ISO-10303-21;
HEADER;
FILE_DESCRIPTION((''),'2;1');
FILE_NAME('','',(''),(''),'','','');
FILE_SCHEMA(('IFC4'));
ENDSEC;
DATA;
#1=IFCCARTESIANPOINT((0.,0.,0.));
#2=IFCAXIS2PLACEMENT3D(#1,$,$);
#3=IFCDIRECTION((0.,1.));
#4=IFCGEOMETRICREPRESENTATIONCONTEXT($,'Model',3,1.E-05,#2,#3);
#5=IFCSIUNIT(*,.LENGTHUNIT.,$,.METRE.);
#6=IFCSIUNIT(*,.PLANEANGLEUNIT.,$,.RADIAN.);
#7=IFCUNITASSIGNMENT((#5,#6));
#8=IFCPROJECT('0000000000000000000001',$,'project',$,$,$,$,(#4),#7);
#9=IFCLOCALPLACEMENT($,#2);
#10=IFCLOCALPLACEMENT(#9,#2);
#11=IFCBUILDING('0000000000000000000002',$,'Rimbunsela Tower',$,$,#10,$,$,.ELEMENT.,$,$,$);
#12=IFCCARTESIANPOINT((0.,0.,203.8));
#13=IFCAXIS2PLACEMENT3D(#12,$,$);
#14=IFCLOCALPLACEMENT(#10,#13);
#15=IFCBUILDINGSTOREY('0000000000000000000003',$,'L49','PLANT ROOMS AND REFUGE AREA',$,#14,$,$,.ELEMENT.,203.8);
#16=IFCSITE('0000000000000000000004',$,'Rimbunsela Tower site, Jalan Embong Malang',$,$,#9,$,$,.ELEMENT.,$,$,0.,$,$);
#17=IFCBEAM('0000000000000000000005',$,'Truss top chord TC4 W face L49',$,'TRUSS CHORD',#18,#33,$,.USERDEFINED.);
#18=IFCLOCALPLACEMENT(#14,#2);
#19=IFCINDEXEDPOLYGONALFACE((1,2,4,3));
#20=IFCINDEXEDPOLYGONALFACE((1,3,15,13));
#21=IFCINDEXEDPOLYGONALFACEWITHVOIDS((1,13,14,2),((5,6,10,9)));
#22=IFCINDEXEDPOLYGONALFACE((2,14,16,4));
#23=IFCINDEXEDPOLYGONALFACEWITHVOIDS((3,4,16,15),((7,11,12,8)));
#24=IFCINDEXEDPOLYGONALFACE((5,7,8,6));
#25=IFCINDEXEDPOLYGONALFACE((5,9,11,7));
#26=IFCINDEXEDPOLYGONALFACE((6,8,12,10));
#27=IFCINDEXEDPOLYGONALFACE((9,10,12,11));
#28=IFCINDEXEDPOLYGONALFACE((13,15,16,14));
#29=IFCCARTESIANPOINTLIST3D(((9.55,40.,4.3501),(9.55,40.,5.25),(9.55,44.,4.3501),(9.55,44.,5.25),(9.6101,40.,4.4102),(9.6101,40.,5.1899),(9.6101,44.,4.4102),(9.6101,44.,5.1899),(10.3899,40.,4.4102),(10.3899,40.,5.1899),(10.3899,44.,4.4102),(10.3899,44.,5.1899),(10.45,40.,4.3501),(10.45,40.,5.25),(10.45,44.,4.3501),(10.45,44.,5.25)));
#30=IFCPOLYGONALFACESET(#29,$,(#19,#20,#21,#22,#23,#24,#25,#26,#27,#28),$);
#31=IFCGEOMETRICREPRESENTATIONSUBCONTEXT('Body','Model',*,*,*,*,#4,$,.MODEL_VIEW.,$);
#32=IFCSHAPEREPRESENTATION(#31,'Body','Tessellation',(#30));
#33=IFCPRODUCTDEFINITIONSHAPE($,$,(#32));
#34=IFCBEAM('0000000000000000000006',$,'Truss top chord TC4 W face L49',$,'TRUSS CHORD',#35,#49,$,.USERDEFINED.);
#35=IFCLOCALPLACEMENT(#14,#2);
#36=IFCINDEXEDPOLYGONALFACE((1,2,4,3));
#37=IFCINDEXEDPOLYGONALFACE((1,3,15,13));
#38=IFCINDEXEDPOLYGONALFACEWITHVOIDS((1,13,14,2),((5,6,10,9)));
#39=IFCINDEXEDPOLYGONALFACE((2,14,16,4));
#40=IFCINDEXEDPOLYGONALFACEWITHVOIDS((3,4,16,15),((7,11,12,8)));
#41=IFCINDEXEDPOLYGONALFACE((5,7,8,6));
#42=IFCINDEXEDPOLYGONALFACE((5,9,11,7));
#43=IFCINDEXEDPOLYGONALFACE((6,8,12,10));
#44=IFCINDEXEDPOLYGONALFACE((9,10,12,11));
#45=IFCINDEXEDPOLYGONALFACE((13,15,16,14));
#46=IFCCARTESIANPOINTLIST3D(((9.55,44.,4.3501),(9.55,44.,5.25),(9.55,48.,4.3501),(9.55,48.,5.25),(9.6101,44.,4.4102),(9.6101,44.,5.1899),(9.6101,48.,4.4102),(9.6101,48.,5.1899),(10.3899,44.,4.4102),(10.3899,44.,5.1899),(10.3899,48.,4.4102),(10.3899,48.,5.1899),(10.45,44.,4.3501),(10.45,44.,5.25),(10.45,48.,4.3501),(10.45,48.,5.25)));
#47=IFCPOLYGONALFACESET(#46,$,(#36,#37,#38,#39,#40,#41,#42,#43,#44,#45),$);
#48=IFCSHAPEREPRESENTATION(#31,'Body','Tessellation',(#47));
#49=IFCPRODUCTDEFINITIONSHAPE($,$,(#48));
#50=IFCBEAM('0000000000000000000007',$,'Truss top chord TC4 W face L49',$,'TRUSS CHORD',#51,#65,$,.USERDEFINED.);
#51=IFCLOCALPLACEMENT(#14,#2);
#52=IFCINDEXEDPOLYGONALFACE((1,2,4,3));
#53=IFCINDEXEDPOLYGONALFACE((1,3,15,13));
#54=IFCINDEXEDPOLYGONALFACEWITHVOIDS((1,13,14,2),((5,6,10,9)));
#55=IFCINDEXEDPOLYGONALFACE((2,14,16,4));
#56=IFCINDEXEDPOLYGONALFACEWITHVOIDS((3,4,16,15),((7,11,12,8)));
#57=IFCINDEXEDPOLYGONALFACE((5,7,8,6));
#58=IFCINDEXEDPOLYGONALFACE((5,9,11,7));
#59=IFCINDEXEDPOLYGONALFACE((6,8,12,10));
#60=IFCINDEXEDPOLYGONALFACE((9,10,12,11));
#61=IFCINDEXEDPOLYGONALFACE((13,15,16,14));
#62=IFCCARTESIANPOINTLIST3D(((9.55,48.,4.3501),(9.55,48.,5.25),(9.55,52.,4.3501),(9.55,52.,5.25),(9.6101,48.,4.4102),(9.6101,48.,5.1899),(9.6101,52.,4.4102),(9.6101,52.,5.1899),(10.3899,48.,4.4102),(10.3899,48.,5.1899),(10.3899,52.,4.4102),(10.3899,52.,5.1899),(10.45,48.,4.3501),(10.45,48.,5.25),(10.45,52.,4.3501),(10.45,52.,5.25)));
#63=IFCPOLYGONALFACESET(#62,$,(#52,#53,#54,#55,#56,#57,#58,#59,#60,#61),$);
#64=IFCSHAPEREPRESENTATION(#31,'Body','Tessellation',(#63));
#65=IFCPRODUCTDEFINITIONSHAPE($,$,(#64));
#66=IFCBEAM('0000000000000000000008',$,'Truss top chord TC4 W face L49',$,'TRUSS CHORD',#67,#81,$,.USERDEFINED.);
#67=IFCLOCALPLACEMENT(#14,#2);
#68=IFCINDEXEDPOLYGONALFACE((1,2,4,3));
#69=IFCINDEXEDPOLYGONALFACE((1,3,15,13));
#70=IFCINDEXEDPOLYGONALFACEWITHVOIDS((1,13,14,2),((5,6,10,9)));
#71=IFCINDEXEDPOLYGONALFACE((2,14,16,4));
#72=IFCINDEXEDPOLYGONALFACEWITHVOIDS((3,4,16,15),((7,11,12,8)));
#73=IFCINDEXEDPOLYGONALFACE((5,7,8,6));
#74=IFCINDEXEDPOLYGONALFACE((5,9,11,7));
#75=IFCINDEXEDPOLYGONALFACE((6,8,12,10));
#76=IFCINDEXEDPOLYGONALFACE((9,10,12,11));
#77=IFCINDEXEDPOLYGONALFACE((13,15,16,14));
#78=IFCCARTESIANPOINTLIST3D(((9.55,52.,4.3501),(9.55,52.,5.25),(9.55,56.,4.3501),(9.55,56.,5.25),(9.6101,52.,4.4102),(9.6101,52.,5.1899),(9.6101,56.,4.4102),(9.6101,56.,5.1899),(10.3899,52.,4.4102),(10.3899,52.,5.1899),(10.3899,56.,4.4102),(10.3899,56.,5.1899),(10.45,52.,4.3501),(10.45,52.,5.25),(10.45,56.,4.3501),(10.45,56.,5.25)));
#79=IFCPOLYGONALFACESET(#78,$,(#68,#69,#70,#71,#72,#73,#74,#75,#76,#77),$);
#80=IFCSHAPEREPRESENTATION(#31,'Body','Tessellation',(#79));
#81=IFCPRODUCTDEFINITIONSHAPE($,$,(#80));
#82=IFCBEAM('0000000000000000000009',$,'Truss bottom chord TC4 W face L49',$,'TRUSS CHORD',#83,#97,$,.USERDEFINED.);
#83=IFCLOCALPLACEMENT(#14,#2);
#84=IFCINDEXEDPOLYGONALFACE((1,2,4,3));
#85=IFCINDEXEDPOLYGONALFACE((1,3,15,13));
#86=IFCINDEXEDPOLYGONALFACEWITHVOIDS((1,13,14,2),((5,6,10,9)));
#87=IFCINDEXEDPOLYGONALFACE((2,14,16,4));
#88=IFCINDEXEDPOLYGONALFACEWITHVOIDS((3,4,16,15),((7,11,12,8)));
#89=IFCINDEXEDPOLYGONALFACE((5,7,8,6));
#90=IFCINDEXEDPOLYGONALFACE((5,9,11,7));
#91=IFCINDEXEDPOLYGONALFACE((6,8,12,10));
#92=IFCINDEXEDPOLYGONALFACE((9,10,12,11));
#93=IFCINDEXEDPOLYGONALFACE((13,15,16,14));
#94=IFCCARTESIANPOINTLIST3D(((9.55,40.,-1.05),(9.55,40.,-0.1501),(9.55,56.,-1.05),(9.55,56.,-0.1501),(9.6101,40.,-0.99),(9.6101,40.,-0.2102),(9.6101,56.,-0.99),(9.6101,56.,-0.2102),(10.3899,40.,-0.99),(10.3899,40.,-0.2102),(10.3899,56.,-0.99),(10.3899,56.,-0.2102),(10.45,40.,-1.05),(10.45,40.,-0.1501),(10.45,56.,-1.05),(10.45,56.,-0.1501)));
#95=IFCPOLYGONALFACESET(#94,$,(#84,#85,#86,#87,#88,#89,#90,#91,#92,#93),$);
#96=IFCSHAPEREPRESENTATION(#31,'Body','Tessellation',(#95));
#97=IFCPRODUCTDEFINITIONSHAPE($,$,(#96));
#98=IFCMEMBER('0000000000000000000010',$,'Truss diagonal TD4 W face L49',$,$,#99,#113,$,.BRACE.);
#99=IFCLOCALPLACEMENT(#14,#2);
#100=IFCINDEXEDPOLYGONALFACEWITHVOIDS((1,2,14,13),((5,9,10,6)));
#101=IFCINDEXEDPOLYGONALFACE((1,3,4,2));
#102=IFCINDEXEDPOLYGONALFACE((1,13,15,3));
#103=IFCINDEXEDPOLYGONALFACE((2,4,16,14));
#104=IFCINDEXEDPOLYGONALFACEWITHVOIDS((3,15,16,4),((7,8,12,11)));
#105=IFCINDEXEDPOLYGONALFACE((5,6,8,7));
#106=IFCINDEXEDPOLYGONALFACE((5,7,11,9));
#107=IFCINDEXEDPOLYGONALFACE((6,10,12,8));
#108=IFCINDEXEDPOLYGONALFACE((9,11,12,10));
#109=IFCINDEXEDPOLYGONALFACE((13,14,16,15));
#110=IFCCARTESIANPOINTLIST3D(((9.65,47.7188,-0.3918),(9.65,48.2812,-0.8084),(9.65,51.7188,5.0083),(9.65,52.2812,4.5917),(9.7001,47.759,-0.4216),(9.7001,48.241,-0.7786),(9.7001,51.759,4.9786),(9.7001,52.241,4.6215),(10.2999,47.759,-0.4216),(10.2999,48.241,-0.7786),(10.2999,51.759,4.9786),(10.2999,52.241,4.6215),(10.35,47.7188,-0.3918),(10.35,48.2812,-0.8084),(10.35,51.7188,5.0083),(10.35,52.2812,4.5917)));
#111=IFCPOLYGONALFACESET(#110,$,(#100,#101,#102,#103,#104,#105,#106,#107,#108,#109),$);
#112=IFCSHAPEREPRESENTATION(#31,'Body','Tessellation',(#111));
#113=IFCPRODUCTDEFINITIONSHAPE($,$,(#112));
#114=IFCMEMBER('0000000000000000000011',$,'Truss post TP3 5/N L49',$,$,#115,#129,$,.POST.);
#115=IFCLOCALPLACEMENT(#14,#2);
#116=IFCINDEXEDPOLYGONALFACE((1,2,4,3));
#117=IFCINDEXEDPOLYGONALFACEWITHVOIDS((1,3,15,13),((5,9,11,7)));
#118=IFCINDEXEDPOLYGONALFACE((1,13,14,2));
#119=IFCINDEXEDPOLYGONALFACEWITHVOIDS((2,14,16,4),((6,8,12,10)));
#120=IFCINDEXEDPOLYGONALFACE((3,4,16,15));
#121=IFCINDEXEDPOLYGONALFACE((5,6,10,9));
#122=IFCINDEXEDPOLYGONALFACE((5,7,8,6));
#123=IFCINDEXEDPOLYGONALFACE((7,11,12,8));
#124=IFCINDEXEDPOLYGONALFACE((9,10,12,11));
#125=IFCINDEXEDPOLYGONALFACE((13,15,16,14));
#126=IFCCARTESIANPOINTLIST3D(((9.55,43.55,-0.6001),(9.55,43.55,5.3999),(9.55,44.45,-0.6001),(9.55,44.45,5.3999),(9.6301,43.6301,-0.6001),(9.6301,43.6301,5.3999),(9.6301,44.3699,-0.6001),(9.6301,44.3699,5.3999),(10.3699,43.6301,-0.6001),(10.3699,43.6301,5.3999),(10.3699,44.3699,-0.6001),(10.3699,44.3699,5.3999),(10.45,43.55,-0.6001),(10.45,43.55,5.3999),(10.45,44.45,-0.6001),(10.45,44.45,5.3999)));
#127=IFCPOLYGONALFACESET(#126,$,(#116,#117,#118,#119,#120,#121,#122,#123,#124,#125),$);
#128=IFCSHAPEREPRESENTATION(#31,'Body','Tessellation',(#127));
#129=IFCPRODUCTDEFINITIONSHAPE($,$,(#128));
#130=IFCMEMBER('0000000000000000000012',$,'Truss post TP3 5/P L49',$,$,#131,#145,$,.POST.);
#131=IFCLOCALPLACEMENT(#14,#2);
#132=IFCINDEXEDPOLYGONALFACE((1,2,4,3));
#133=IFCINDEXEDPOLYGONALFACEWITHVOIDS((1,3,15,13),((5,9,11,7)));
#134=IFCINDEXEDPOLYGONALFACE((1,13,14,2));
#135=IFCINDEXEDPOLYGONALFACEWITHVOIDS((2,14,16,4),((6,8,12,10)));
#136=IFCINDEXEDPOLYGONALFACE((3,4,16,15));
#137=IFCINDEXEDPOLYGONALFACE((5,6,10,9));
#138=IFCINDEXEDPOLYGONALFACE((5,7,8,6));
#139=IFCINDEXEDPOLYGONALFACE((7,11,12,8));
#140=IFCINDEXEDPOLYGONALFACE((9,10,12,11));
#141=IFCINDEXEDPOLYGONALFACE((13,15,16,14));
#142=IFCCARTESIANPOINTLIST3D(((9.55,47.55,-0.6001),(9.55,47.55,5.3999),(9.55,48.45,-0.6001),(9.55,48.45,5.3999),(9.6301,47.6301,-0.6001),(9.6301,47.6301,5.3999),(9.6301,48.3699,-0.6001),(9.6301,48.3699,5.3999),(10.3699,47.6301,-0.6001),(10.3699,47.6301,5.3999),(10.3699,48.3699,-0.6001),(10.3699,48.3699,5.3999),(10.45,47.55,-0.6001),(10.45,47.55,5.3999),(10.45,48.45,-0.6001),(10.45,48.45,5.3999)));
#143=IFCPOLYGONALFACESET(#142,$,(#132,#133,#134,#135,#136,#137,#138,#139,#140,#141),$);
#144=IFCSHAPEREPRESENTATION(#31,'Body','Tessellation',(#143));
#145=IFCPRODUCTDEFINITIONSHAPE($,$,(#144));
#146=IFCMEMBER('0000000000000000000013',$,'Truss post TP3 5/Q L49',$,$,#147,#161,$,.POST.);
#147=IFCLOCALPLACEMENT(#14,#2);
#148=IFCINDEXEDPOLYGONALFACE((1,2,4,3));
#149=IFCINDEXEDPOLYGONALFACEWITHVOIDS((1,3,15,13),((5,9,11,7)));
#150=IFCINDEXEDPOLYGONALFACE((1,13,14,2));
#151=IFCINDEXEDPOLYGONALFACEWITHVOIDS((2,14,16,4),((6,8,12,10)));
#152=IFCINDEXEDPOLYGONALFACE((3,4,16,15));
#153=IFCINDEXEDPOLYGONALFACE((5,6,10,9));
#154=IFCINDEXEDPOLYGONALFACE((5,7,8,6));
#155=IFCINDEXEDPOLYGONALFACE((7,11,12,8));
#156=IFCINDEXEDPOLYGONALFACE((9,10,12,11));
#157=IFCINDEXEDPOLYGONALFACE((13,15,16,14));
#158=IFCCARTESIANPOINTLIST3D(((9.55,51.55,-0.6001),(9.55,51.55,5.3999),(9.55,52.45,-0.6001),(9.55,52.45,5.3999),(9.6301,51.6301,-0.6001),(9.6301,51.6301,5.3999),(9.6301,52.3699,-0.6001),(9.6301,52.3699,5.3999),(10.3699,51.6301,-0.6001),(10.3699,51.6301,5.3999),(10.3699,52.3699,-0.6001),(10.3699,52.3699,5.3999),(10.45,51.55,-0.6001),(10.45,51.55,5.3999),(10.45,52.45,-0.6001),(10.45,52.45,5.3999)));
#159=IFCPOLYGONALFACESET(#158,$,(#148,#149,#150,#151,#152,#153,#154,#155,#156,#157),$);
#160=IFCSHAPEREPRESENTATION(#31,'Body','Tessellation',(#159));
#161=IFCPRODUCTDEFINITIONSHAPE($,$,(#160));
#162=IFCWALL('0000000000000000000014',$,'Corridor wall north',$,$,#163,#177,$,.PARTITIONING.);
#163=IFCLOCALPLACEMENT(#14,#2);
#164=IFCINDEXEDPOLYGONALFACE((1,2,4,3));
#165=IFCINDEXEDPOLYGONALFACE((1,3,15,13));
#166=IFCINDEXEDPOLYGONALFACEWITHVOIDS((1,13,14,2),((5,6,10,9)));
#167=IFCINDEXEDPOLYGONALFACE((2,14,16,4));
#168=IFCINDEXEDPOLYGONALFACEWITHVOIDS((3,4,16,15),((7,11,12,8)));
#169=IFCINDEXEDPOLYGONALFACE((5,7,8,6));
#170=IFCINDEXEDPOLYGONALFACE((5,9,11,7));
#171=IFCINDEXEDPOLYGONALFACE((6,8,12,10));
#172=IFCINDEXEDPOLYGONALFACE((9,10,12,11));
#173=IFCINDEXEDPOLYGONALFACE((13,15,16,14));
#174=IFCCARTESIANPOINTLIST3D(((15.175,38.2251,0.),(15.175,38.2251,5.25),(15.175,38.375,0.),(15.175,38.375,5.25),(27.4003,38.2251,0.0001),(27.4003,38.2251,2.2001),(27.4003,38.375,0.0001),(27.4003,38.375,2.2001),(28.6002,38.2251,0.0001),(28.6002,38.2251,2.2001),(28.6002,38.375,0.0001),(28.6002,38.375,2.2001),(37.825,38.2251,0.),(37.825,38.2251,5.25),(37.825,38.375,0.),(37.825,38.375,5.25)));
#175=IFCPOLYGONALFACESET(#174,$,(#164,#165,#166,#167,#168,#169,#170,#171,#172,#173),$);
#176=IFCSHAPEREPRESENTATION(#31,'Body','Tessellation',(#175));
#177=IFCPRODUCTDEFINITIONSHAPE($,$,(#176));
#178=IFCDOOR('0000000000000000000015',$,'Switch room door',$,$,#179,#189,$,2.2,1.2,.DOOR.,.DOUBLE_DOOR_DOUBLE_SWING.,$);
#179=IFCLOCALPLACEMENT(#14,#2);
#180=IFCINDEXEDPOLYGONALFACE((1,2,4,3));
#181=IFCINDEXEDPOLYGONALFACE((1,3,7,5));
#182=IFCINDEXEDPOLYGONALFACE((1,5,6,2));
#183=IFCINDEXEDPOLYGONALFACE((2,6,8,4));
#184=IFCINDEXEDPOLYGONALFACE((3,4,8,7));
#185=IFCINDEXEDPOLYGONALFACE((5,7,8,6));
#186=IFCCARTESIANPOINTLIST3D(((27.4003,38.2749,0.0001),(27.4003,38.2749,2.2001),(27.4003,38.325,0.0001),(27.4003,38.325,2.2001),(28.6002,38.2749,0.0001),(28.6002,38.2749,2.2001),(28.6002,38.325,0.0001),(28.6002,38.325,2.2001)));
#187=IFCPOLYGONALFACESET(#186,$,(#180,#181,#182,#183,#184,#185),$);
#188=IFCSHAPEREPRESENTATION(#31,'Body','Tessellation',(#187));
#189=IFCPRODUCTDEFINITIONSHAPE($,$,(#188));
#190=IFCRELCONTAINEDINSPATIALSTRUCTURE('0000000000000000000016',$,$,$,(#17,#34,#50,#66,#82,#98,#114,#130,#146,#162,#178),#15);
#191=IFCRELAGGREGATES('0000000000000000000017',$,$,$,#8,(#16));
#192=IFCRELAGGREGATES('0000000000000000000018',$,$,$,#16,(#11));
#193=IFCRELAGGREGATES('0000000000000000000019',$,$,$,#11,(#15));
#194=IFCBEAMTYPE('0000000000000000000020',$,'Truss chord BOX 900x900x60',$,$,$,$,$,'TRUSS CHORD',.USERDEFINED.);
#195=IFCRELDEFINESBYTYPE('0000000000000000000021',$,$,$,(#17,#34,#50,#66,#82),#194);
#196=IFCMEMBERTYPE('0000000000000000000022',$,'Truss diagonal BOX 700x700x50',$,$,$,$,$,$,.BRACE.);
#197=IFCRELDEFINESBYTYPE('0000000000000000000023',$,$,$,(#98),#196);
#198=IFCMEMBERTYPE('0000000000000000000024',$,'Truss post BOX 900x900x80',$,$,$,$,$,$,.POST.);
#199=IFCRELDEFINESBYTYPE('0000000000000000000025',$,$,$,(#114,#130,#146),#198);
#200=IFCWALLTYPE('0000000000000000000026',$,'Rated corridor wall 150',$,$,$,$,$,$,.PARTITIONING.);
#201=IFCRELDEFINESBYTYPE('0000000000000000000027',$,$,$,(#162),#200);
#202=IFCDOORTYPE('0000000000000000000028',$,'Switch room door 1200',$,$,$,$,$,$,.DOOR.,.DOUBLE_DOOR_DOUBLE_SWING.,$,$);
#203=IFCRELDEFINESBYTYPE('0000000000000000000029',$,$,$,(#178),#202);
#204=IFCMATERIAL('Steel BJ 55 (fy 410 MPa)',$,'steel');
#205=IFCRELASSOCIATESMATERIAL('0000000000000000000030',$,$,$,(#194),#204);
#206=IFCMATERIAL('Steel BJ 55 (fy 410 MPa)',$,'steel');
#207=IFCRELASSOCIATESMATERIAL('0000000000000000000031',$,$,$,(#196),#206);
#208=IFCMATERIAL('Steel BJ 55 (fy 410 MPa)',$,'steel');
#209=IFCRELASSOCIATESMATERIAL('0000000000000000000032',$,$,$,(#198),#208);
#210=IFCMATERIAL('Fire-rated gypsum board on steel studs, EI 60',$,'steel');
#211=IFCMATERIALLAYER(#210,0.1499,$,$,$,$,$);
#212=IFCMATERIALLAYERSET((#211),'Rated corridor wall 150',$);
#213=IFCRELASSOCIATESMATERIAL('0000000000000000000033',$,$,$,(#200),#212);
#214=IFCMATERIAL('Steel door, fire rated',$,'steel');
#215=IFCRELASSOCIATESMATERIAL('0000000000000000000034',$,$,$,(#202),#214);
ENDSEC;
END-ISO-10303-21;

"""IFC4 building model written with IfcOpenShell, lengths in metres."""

from ifc_helpers import new_model, si_unit, direction, frame, frame_2d, origin, origin_2d, place, context, subcontext, project, spatial, rectangle, hollow_rectangle, extrude, material, layer, layer_set, material_profile, profile_set, type_object, element, fill, save


model = new_model("IFC4")

# Units and contexts
model_context = context("Model", 3, precision=1e-05, world=origin(), true_north=direction((0.0, 1.0)))
body_context = subcontext(model_context, "Body", "Model", "MODEL_VIEW")
ifc_project = project(units=[si_unit("LENGTHUNIT", "METRE"), si_unit("PLANEANGLEUNIT", "RADIAN")], contexts=[model_context])

# Site, building, storey
site_placement = place(None, origin())
site = spatial("IfcSite", under=ifc_project, at=site_placement, Name="Rimbunsela Tower site, Jalan Embong Malang", CompositionType="ELEMENT", RefElevation=0.0)
building_placement = place(site_placement, origin())
building = spatial("IfcBuilding", under=site, at=building_placement, Name="Rimbunsela Tower", CompositionType="ELEMENT")
storey_placement = place(building_placement, frame((0.0, 0.0, 203.8)))
storey = spatial("IfcBuildingStorey", under=building, at=storey_placement, Name="L49", Description="PLANT ROOMS AND REFUGE AREA", CompositionType="ELEMENT", Elevation=203.8)

# Beams
ifc_material_1 = material(Name="Steel BJ 55 (fy 410 MPa)", Category="steel")
ifc_material_profile_1 = material_profile(ifc_material_1, hollow_rectangle(XDim=0.8999, YDim=0.8999, WallThickness=0.0601, at=origin_2d()), Name="BOX 900x900x60")
ifc_profile_set_1 = profile_set([ifc_material_profile_1], Name="Steel BJ 55 (fy 410 MPa)")
beam_type_1 = type_object("IfcBeamType", Name="Truss chord BOX 900x900x60", ElementType="TRUSS CHORD", PredefinedType="USERDEFINED", material=ifc_profile_set_1)
for number, where, z_axis, x_axis, name in (
    (1, (10.0, 40.0, 4.8), (0.0, 1.0, 0.0), (-1.0, 0.0, 0.0), "Truss top chord TC4 W face L49"),
    (2, (10.0, 44.0, 4.8), (0.0, 1.0, 0.0), (-1.0, 0.0, 0.0), "Truss top chord TC4 W face L49"),
    (3, (10.0, 48.0, 4.8), (0.0, 1.0, 0.0), (-1.0, 0.0, 0.0), "Truss top chord TC4 W face L49"),
    (4, (10.0, 52.0, 4.8), (0.0, 1.0, 0.0), (-1.0, 0.0, 0.0), "Truss top chord TC4 W face L49"),
):
    element("IfcBeam", number, at=place(storey_placement, frame(where, z_axis=z_axis, x_axis=x_axis)), inside=storey, type_object=beam_type_1, Name=name, ObjectType="TRUSS CHORD", PredefinedType="USERDEFINED", context=body_context, shape_type="SweptSolid", body=[
        extrude(hollow_rectangle(XDim=0.8999, YDim=0.8999, WallThickness=0.0601, at=origin_2d()), origin(), (0.0, 0.0, 1.0), 4.0),
    ])
beam_1_placement = place(storey_placement, frame((10.0, 40.0, -0.6001), z_axis=(0.0, 1.0, 0.0), x_axis=(-1.0, 0.0, 0.0)))
element("IfcBeam", 5, at=beam_1_placement, inside=storey, type_object=beam_type_1, Name="Truss bottom chord TC4 W face L49", ObjectType="TRUSS CHORD", PredefinedType="USERDEFINED", context=body_context, shape_type="SweptSolid", body=[
    extrude(hollow_rectangle(XDim=0.8999, YDim=0.8999, WallThickness=0.0601, at=origin_2d()), origin(), (0.0, 0.0, 1.0), 16.0),
])

# Members
ifc_material_2 = material(Name="Steel BJ 55 (fy 410 MPa)", Category="steel")
ifc_material_profile_2 = material_profile(ifc_material_2, hollow_rectangle(XDim=0.7, YDim=0.7, WallThickness=0.05, at=origin_2d()), Name="BOX 700x700x50")
ifc_profile_set_2 = profile_set([ifc_material_profile_2], Name="Steel BJ 55 (fy 410 MPa)")
member_type_1 = type_object("IfcMemberType", Name="Truss diagonal BOX 700x700x50", PredefinedType="BRACE", material=ifc_profile_set_2)
member_placement = place(storey_placement, frame((10.0, 48.0, -0.6001), z_axis=(0.0, 0.595217, 0.803565), x_axis=(-1.0, 0.0, 0.0)))
element("IfcMember", 6, at=member_placement, inside=storey, type_object=member_type_1, Name="Truss diagonal TD4 W face L49", PredefinedType="BRACE", context=body_context, shape_type="SweptSolid", body=[
    extrude(hollow_rectangle(XDim=0.7, YDim=0.7, WallThickness=0.05, at=origin_2d()), origin(), (0.0, 0.0, 1.0), 6.7202),
])
ifc_material_3 = material(Name="Steel BJ 55 (fy 410 MPa)", Category="steel")
ifc_material_profile_3 = material_profile(ifc_material_3, hollow_rectangle(XDim=0.8999, YDim=0.8999, WallThickness=0.0801, at=origin_2d()), Name="BOX 900x900x80")
ifc_profile_set_3 = profile_set([ifc_material_profile_3], Name="Steel BJ 55 (fy 410 MPa)")
member_type_2 = type_object("IfcMemberType", Name="Truss post BOX 900x900x80", PredefinedType="POST", material=ifc_profile_set_3)
for number, where, z_axis, x_axis, name in (
    (7, (10.0, 44.0, -0.6001), (0.0, 0.0, 1.0), (1.0, 0.0, 0.0), "Truss post TP3 5/N L49"),
    (8, (10.0, 48.0, -0.6001), (0.0, 0.0, 1.0), (1.0, 0.0, 0.0), "Truss post TP3 5/P L49"),
    (9, (10.0, 52.0, -0.6001), (0.0, 0.0, 1.0), (1.0, 0.0, 0.0), "Truss post TP3 5/Q L49"),
):
    element("IfcMember", number, at=place(storey_placement, frame(where, z_axis=z_axis, x_axis=x_axis)), inside=storey, type_object=member_type_2, Name=name, PredefinedType="POST", context=body_context, shape_type="SweptSolid", body=[
        extrude(hollow_rectangle(XDim=0.8999, YDim=0.8999, WallThickness=0.0801, at=origin_2d()), origin(), (0.0, 0.0, 1.0), 6.0),
    ])

# Wall, opening, door
ifc_material_4 = material(Name="Fire-rated gypsum board on steel studs, EI 60", Category="steel")
ifc_layer = layer(ifc_material_4, 0.1499)
ifc_layer_set = layer_set([ifc_layer], Name="Rated corridor wall 150")
wall_type = type_object("IfcWallType", Name="Rated corridor wall 150", PredefinedType="PARTITIONING", material=ifc_layer_set)
wall_placement = place(storey_placement, frame((15.175, 38.3, 0.0), z_axis=(0.0, 0.0, 1.0), x_axis=(1.0, 0.0, 0.0)))
wall = element("IfcWall", 10, at=wall_placement, inside=storey, type_object=wall_type, Name="Corridor wall north", PredefinedType="PARTITIONING", context=body_context, shape_type="SweptSolid", body=[
    extrude(rectangle(XDim=22.6499, YDim=0.1499, at=frame_2d((11.325, 0.0))), origin(), (0.0, 0.0, 1.0), 5.25),
])
opening_placement = place(wall_placement, frame((12.2251, 0.0, 0.0)))
opening = element("IfcOpeningElement", 11, at=opening_placement, cuts=wall, PredefinedType="OPENING", context=body_context, shape_type="SweptSolid", body=[
    extrude(rectangle(XDim=1.2, YDim=2.2, at=frame_2d((0.6001, 1.1001))), frame((0.0, 0.085, 0.0), z_axis=(0.0, -1.0, 0.0), x_axis=(1.0, 0.0, 0.0)), (0.0, 0.0, 1.0), 0.1699),
])
ifc_material_5 = material(Name="Steel door, fire rated", Category="steel")
door_type = type_object("IfcDoorType", Name="Switch room door 1200", OperationType="DOUBLE_DOOR_DOUBLE_SWING", PredefinedType="DOOR", material=ifc_material_5)
door_placement = place(opening_placement, origin())
door = element("IfcDoor", 12, at=door_placement, inside=storey, type_object=door_type, Name="Switch room door", OperationType="DOUBLE_DOOR_DOUBLE_SWING", OverallHeight=2.2, OverallWidth=1.2, PredefinedType="DOOR", context=body_context, shape_type="SweptSolid", body=[
    extrude(rectangle(XDim=1.2, YDim=2.2, at=frame_2d((0.6001, 1.1001))), frame((0.0, 0.0249, 0.0), z_axis=(0.0, -1.0, 0.0), x_axis=(1.0, 0.0, 0.0)), (0.0, 0.0, 1.0), 0.05),
])
fill(opening, door)

save(model, "model.ifc")
